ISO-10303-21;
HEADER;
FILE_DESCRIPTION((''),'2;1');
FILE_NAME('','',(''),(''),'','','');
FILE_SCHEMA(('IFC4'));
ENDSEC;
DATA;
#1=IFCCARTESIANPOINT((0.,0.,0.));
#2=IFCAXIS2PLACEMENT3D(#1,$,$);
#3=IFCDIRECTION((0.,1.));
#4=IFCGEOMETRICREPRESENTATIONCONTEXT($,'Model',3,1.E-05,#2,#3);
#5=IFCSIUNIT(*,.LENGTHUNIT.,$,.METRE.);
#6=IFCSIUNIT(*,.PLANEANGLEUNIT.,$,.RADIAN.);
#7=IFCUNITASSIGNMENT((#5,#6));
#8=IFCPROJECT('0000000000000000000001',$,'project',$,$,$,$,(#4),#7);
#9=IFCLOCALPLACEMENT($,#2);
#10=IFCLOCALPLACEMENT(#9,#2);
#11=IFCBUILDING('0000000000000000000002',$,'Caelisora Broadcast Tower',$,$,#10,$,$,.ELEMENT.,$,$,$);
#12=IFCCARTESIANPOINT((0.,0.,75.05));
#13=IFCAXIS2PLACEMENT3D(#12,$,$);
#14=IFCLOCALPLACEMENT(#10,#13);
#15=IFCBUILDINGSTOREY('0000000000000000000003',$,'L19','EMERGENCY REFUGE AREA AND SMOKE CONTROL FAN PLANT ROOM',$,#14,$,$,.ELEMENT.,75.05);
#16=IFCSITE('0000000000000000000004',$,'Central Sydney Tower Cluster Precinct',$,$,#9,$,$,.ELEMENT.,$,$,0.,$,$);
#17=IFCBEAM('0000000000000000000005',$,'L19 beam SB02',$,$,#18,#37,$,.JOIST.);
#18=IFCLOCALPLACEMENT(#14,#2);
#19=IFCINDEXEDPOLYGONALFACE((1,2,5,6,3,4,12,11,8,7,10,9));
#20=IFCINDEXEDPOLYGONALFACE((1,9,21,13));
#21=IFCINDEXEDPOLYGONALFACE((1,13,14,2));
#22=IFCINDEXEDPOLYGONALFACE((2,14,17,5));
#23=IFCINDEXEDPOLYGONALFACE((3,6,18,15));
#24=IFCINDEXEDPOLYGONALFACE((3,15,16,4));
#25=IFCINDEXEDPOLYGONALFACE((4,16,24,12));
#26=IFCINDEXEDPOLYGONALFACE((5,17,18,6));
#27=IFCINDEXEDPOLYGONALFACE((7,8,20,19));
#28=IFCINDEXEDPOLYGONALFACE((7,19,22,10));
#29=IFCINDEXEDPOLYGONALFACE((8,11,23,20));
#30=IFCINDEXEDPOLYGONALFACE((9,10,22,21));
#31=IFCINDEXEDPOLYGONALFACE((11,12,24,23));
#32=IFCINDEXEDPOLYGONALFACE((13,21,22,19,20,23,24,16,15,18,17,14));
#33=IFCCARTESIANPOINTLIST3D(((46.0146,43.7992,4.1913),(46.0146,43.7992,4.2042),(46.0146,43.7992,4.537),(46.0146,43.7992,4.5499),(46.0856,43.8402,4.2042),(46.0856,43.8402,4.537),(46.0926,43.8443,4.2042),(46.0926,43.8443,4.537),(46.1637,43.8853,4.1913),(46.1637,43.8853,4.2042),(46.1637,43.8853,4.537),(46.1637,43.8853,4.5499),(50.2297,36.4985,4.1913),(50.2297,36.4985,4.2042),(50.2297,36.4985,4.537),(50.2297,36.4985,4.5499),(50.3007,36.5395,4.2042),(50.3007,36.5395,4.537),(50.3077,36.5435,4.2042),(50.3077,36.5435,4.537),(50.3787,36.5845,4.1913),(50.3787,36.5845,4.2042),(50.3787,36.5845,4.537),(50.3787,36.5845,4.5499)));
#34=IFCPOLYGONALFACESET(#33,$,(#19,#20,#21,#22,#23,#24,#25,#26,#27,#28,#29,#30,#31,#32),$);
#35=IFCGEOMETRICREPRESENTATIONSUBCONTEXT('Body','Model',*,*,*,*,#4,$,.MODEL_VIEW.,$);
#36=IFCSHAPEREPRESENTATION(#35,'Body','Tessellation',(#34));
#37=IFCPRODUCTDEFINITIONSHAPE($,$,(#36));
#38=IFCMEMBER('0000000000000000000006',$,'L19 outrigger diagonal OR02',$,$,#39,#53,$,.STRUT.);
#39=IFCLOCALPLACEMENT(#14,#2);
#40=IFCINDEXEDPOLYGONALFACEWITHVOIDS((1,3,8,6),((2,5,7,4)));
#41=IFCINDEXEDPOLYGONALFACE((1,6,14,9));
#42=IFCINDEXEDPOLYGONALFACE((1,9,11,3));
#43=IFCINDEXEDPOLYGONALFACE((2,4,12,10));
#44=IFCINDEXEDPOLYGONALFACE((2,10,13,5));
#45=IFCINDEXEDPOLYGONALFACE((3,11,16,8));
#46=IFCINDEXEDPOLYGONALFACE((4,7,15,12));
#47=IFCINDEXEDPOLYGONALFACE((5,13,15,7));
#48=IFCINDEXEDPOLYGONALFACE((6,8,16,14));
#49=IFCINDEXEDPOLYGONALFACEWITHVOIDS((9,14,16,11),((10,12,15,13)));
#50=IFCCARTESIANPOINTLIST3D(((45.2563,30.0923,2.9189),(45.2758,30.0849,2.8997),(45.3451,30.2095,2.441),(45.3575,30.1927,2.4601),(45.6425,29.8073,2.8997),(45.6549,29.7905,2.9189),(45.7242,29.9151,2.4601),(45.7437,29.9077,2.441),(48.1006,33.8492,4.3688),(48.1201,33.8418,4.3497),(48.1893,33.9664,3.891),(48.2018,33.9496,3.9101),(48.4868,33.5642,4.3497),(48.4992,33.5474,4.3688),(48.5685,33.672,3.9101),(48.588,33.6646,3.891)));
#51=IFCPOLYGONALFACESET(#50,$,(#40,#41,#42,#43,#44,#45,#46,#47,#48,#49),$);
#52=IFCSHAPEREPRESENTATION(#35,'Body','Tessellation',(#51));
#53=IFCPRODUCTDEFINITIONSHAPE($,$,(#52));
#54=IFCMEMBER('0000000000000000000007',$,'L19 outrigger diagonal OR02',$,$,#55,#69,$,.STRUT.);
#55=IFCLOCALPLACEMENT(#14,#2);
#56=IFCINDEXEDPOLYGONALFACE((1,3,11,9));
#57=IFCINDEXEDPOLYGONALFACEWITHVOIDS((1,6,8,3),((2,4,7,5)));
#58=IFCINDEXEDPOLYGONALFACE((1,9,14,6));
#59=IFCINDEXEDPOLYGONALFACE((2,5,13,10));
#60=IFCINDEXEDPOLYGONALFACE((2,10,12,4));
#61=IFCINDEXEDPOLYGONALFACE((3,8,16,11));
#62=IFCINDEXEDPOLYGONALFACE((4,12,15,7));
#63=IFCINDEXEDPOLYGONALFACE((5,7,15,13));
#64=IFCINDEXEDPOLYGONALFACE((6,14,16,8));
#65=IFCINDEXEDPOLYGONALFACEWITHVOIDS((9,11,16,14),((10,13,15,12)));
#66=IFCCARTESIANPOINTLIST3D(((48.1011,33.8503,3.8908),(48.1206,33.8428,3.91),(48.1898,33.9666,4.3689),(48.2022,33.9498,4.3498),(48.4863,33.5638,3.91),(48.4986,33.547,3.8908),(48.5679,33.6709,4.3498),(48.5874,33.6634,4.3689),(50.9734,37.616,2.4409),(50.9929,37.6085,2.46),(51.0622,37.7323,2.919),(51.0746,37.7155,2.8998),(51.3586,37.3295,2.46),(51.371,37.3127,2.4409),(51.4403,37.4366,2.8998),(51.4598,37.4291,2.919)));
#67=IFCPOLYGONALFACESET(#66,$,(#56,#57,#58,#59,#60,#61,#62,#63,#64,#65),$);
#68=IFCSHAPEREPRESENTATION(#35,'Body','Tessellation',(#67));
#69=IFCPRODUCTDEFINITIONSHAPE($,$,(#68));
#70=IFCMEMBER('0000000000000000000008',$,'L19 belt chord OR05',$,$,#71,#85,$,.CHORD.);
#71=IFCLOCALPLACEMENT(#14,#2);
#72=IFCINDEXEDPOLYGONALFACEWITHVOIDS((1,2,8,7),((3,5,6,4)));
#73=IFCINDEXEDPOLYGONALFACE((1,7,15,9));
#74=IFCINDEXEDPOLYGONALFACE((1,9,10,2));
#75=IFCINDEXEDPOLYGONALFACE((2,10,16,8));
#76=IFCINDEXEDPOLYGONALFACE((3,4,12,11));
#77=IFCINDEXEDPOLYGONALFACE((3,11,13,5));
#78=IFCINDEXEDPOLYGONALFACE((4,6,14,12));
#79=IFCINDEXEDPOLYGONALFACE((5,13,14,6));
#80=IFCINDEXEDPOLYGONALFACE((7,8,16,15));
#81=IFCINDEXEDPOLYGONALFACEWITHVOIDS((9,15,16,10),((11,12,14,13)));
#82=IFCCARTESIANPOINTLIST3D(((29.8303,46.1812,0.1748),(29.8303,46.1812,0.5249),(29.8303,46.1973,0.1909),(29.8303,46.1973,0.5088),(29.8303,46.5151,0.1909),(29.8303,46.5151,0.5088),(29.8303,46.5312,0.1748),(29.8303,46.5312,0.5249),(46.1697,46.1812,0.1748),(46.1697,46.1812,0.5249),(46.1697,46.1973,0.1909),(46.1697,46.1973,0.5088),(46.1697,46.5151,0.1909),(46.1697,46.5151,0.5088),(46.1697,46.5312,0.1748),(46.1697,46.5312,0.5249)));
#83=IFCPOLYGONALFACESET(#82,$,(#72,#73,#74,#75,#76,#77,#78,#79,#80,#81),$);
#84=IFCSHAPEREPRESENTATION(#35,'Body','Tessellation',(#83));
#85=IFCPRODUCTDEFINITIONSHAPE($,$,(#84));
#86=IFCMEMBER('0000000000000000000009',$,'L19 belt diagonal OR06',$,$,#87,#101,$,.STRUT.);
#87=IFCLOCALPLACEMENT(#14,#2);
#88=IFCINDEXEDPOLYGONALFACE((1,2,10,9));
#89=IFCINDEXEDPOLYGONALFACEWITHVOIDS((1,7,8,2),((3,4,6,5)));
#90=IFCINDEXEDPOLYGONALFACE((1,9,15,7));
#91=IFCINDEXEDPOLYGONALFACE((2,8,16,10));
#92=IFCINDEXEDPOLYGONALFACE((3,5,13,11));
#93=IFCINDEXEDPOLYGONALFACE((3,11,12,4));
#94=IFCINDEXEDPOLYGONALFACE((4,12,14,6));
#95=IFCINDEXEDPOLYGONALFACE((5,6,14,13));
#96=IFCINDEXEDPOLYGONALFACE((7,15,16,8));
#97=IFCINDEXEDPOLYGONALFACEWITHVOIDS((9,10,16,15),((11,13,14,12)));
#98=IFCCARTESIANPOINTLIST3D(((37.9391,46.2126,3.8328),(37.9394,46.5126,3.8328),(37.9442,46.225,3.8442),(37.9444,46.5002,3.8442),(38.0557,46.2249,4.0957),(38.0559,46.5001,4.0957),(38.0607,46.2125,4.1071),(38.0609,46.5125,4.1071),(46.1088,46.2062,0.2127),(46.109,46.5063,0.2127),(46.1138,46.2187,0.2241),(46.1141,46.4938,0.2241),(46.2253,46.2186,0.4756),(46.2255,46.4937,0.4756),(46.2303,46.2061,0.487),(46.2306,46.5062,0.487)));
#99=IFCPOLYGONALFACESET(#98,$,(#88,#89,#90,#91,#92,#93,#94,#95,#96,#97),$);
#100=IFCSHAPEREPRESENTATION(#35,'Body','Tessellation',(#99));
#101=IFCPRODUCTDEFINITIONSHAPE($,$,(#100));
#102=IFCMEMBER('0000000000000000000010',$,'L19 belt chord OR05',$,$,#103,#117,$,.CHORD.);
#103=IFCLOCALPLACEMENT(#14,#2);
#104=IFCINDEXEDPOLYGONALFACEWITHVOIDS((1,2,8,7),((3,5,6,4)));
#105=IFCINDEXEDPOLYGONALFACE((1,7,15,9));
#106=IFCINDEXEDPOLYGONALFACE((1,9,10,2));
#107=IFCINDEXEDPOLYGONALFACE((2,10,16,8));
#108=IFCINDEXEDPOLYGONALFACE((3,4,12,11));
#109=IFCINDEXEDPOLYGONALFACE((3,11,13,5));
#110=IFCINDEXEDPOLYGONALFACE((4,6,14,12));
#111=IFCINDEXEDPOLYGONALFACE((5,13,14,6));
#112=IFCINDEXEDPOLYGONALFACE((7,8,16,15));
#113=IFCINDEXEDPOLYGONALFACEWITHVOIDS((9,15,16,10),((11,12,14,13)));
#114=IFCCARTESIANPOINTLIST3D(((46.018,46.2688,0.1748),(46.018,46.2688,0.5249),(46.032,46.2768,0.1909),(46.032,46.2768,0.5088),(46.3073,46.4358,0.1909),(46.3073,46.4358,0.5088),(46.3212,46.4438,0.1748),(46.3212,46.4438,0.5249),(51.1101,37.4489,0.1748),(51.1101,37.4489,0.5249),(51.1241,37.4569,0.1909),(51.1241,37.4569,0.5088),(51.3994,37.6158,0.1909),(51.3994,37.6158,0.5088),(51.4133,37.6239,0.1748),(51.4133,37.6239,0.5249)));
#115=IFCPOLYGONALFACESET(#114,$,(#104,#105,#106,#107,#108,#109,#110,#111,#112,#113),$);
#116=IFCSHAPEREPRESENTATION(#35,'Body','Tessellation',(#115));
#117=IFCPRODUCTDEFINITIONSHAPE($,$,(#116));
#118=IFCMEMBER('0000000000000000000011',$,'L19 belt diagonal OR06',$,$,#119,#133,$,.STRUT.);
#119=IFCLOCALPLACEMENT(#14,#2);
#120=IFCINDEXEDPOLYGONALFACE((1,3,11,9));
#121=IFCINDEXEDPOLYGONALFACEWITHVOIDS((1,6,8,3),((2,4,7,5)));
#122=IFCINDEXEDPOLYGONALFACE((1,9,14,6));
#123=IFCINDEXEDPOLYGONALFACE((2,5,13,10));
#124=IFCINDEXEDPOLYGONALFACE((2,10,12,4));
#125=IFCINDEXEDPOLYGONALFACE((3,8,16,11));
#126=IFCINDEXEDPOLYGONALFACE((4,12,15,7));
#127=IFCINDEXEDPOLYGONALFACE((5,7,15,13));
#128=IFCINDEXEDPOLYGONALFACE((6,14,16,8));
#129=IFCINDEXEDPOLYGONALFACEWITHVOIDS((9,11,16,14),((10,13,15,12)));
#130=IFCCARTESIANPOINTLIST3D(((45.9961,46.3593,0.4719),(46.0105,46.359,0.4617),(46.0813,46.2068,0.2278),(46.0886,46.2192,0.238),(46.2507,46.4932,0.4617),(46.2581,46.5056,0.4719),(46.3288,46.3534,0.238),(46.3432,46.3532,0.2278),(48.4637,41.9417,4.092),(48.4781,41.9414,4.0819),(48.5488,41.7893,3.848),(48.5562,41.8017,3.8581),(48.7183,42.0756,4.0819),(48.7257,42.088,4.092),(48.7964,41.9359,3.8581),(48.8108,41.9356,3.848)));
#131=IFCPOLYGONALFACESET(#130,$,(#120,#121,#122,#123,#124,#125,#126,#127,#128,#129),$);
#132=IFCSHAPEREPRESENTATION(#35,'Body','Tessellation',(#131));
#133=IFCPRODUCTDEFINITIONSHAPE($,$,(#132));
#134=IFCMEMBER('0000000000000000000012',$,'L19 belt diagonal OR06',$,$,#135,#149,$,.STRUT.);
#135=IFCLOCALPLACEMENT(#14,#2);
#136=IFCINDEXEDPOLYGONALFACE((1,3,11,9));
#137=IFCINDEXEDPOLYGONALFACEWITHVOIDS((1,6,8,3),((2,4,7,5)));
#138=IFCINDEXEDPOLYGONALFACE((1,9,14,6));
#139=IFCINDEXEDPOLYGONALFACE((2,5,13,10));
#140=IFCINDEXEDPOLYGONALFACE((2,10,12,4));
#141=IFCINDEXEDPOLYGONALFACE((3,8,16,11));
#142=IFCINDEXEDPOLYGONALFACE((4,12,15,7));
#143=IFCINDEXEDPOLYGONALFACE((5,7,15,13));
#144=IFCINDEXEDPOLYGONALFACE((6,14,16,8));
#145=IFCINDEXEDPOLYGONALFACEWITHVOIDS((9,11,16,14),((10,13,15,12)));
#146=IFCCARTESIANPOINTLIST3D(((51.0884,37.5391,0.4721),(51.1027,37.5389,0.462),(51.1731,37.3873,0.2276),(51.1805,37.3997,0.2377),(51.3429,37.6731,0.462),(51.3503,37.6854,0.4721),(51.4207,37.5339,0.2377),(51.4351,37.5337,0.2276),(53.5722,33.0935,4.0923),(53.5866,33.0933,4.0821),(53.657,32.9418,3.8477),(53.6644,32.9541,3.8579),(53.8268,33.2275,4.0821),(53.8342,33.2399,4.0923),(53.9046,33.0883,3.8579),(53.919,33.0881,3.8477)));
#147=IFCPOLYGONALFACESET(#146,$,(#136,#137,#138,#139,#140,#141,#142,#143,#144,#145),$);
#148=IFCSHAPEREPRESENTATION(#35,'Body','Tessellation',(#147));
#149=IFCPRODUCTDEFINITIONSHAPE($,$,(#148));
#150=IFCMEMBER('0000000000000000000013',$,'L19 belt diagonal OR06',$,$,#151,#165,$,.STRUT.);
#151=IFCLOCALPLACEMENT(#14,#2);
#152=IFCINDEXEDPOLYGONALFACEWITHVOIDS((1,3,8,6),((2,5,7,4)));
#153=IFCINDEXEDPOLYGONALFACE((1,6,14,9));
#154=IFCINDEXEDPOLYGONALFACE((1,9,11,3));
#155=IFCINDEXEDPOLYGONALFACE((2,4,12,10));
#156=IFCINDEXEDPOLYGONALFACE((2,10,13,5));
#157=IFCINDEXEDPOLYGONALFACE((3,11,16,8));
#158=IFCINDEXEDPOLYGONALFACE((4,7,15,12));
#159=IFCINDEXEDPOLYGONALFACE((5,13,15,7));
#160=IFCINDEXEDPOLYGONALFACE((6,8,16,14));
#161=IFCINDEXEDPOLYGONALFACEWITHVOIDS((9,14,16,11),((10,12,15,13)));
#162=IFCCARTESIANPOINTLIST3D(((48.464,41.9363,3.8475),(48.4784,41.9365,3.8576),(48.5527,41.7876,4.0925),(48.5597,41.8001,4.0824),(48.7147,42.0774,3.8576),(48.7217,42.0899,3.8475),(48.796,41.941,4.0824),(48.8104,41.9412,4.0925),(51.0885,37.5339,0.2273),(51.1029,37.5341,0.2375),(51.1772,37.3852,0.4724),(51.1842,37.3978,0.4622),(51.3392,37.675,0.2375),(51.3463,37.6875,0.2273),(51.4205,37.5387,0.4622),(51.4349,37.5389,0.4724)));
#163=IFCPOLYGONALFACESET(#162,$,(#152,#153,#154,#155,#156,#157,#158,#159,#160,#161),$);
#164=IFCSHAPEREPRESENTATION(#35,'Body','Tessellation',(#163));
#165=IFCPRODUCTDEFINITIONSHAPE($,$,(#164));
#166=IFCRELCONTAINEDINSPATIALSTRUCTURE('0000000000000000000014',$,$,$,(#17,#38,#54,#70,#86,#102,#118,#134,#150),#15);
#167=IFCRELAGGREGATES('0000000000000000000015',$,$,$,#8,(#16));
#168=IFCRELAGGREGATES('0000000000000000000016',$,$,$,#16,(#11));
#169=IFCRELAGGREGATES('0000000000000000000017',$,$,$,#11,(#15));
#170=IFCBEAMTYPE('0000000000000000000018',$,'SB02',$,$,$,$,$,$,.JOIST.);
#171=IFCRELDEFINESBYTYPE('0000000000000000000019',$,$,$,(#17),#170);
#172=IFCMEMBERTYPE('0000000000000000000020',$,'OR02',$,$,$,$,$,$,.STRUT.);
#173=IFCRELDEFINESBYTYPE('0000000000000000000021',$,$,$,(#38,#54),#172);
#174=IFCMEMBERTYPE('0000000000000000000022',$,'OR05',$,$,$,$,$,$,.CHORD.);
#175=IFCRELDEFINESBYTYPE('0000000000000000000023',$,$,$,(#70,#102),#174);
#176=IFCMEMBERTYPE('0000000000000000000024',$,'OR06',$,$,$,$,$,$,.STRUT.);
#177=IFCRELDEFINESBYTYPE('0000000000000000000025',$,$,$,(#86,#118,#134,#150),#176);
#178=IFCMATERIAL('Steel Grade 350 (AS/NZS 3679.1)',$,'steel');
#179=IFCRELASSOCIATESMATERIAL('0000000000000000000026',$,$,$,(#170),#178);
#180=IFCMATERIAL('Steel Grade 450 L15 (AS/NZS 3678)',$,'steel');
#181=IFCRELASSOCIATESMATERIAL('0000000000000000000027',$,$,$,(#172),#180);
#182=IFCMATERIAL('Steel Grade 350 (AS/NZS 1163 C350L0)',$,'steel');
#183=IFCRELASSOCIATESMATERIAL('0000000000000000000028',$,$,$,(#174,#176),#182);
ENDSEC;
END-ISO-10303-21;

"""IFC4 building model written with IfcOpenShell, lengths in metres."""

from ifc_helpers import new_model, si_unit, direction, frame, origin, origin_2d, place, context, subcontext, project, spatial, hollow_rectangle, i_section, extrude, source, transform, mapped, material, material_profile, profile_set, type_object, type_shapes, element, save


model = new_model("IFC4")

# Units and contexts
model_context = context("Model", 3, precision=1e-05, world=origin(), true_north=direction((0.0, 1.0)))
body_context = subcontext(model_context, "Body", "Model", "MODEL_VIEW")
ifc_project = project(units=[si_unit("LENGTHUNIT", "METRE"), si_unit("PLANEANGLEUNIT", "RADIAN")], contexts=[model_context])

# Site, building, storey
site_placement = place(None, origin())
site = spatial("IfcSite", under=ifc_project, at=site_placement, Name="Central Sydney Tower Cluster Precinct", CompositionType="ELEMENT", RefElevation=0.0)
building_placement = place(site_placement, origin())
building = spatial("IfcBuilding", under=site, at=building_placement, Name="Caelisora Broadcast Tower", CompositionType="ELEMENT")
storey_placement = place(building_placement, frame((0.0, 0.0, 75.05)))
storey = spatial("IfcBuildingStorey", under=building, at=storey_placement, Name="L19", Description="EMERGENCY REFUGE AREA AND SMOKE CONTROL FAN PLANT ROOM", CompositionType="ELEMENT", Elevation=75.05)

# Beam
ifc_material_1 = material(Name="Steel Grade 350 (AS/NZS 3679.1)", Category="steel")
ifc_material_profile_1 = material_profile(ifc_material_1, i_section(OverallWidth=0.1721, OverallDepth=0.3586, WebThickness=0.0081, FlangeThickness=0.0129, at=origin_2d()), Name="Steel Grade 350 (AS/NZS 3679.1)")
ifc_profile_set_1 = profile_set([ifc_material_profile_1], Name="Steel Grade 350 (AS/NZS 3679.1)")
beam_type_1 = type_object("IfcBeamType", Name="SB02", PredefinedType="JOIST", material=ifc_profile_set_1)
shared_shape_1 = source(origin(), body_context, "Body", "SweptSolid", [
    extrude(i_section(OverallWidth=0.1721, OverallDepth=0.3586, WebThickness=0.0081, FlangeThickness=0.0129, at=origin_2d()), origin(), (0.0, 0.0, 1.0), 8.4302),
])
beam_1_placement = place(storey_placement, frame((50.3042, 36.5415, 4.3706), z_axis=(-0.499998, 0.866026, 0.0), x_axis=(-0.866026, -0.499998, 0.0)))
element("IfcBeam", 1, at=beam_1_placement, inside=storey, type_object=beam_type_1, Name="L19 beam SB02", PredefinedType="JOIST", context=body_context, shape_type="MappedRepresentation", body=[
    mapped(shared_shape_1, transform((0.0, 0.0, 0.0), scale=1.0)),
])

# Members
ifc_material_2 = material(Name="Steel Grade 450 L15 (AS/NZS 3678)", Category="steel")
ifc_material_profile_2 = material_profile(ifc_material_2, hollow_rectangle(XDim=0.5, YDim=0.5, WallThickness=0.02, at=origin_2d()), Name="Steel Grade 450 L15 (AS/NZS 3678)")
ifc_profile_set_2 = profile_set([ifc_material_profile_2], Name="Steel Grade 450 L15 (AS/NZS 3678)")
member_type_1 = type_object("IfcMemberType", Name="OR02", PredefinedType="STRUT", material=ifc_profile_set_2)
shared_shape_2 = source(origin(), body_context, "Body", "SweptSolid", [
    extrude(hollow_rectangle(XDim=0.5, YDim=0.5, WallThickness=0.02, at=origin_2d()), origin(), (0.0, 0.0, 1.0), 4.9302),
])
member_1_placement = place(storey_placement, frame((45.5, 30.0, 2.6799), z_axis=(0.576913, 0.762021, 0.294102), x_axis=(-0.797281, 0.603608, 0.0)))
element("IfcMember", 2, at=member_1_placement, inside=storey, type_object=member_type_1, Name="L19 outrigger diagonal OR02", PredefinedType="STRUT", context=body_context, shape_type="MappedRepresentation", body=[
    mapped(shared_shape_2, transform((0.0, 0.0, 0.0), scale=1.0)),
])
shared_shape_3 = source(origin(), body_context, "Body", "SweptSolid", [
    extrude(hollow_rectangle(XDim=0.5, YDim=0.5, WallThickness=0.02, at=origin_2d()), origin(), (0.0, 0.0, 1.0), 4.9531),
])
type_shapes(member_type_1, [shared_shape_2, shared_shape_3])
member_2_placement = place(storey_placement, frame((48.3442, 33.7568, 4.1299), z_axis=(0.579911, 0.760267, -0.29274), x_axis=(-0.795099, 0.60648, 0.0)))
element("IfcMember", 3, at=member_2_placement, inside=storey, type_object=member_type_1, Name="L19 outrigger diagonal OR02", PredefinedType="STRUT", context=body_context, shape_type="MappedRepresentation", body=[
    mapped(shared_shape_3, transform((0.0, 0.0, 0.0), scale=1.0)),
])
ifc_material_3 = material(Name="Steel Grade 350 (AS/NZS 1163 C350L0)", Category="steel")
ifc_material_profile_3 = material_profile(ifc_material_3, hollow_rectangle(XDim=0.3501, YDim=0.3501, WallThickness=0.0161, at=origin_2d()), Name="Steel Grade 350 (AS/NZS 1163 C350L0)")
ifc_profile_set_3 = profile_set([ifc_material_profile_3], Name="Steel Grade 350 (AS/NZS 1163 C350L0)")
member_type_2 = type_object("IfcMemberType", Name="OR05", PredefinedType="CHORD", material=ifc_profile_set_3)
shared_shape_4 = source(origin(), body_context, "Body", "SweptSolid", [
    extrude(hollow_rectangle(XDim=0.3501, YDim=0.3501, WallThickness=0.0161, at=origin_2d()), origin(), (0.0, 0.0, 1.0), 16.3394),
])
member_3_placement = place(storey_placement, frame((46.1697, 46.3562, 0.3499), z_axis=(-1.0, 0.0, 0.0), x_axis=(0.0, -1.0, 0.0)))
element("IfcMember", 4, at=member_3_placement, inside=storey, type_object=member_type_2, Name="L19 belt chord OR05", PredefinedType="CHORD", context=body_context, shape_type="MappedRepresentation", body=[
    mapped(shared_shape_4, transform((0.0, 0.0, 0.0), scale=1.0)),
])
ifc_material_profile_4 = material_profile(ifc_material_3, hollow_rectangle(XDim=0.3, YDim=0.3, WallThickness=0.0125, at=origin_2d()), Name="Steel Grade 350 (AS/NZS 1163 C350L0)")
ifc_profile_set_4 = profile_set([ifc_material_profile_4], Name="Steel Grade 350 (AS/NZS 1163 C350L0)")
member_type_3 = type_object("IfcMemberType", Name="OR06", PredefinedType="STRUT", material=ifc_profile_set_4)
shared_shape_5 = source(origin(), body_context, "Body", "SweptSolid", [
    extrude(hollow_rectangle(XDim=0.3, YDim=0.3, WallThickness=0.0125, at=origin_2d()), origin(), (0.0, 0.0, 1.0), 8.9358),
])
member_4_placement = place(storey_placement, frame((46.1697, 46.3562, 0.3499), z_axis=(-0.914261, 0.00071, 0.405124), x_axis=(-0.000777, -1.0, 0.0)))
element("IfcMember", 5, at=member_4_placement, inside=storey, type_object=member_type_3, Name="L19 belt diagonal OR06", PredefinedType="STRUT", context=body_context, shape_type="MappedRepresentation", body=[
    mapped(shared_shape_5, transform((0.0, 0.0, 0.0), scale=1.0)),
])
shared_shape_6 = source(origin(), body_context, "Body", "SweptSolid", [
    extrude(hollow_rectangle(XDim=0.3501, YDim=0.3501, WallThickness=0.0161, at=origin_2d()), origin(), (0.0, 0.0, 1.0), 10.1843),
])
type_shapes(member_type_2, [shared_shape_4, shared_shape_6])
member_5_placement = place(storey_placement, frame((51.2617, 37.5364, 0.3499), z_axis=(-0.499994, 0.866029, 0.0), x_axis=(-0.866029, -0.499994, 0.0)))
element("IfcMember", 6, at=member_5_placement, inside=storey, type_object=member_type_2, Name="L19 belt chord OR05", PredefinedType="CHORD", context=body_context, shape_type="MappedRepresentation", body=[
    mapped(shared_shape_6, transform((0.0, 0.0, 0.0), scale=1.0)),
])
shared_shape_7 = source(origin(), body_context, "Body", "SweptSolid", [
    extrude(hollow_rectangle(XDim=0.3, YDim=0.3, WallThickness=0.0125, at=origin_2d()), origin(), (0.0, 0.0, 1.0), 6.2217),
])
member_6_placement = place(storey_placement, frame((46.1697, 46.3562, 0.3499), z_axis=(0.396608, -0.710025, 0.581864), x_axis=(0.873033, 0.487661, 0.0)))
element("IfcMember", 7, at=member_6_placement, inside=storey, type_object=member_type_3, Name="L19 belt diagonal OR06", PredefinedType="STRUT", context=body_context, shape_type="MappedRepresentation", body=[
    mapped(shared_shape_7, transform((0.0, 0.0, 0.0), scale=1.0)),
])
shared_shape_8 = source(origin(), body_context, "Body", "SweptSolid", [
    extrude(hollow_rectangle(XDim=0.3, YDim=0.3, WallThickness=0.0125, at=origin_2d()), origin(), (0.0, 0.0, 1.0), 6.248),
])
member_7_placement = place(storey_placement, frame((51.2617, 37.5364, 0.3499), z_axis=(0.397547, -0.711513, 0.579401), x_axis=(0.872977, 0.487762, 0.0)))
element("IfcMember", 8, at=member_7_placement, inside=storey, type_object=member_type_3, Name="L19 belt diagonal OR06", PredefinedType="STRUT", context=body_context, shape_type="MappedRepresentation", body=[
    mapped(shared_shape_8, transform((0.0, 0.0, 0.0), scale=1.0)),
])
shared_shape_9 = source(origin(), body_context, "Body", "SweptSolid", [
    extrude(hollow_rectangle(XDim=0.3, YDim=0.3, WallThickness=0.0125, at=origin_2d()), origin(), (0.0, 0.0, 1.0), 6.2749),
])
type_shapes(member_type_3, [shared_shape_5, shared_shape_7, shared_shape_8, shared_shape_9])
member_8_placement = place(storey_placement, frame((51.2617, 37.5364, 0.3499), z_axis=(-0.418258, 0.701584, 0.576923), x_axis=(-0.858944, -0.51207, 0.0)))
element("IfcMember", 9, at=member_8_placement, inside=storey, type_object=member_type_3, Name="L19 belt diagonal OR06", PredefinedType="STRUT", context=body_context, shape_type="MappedRepresentation", body=[
    mapped(shared_shape_9, transform((0.0, 0.0, 0.0), scale=1.0)),
])

save(model, "model.ifc")
